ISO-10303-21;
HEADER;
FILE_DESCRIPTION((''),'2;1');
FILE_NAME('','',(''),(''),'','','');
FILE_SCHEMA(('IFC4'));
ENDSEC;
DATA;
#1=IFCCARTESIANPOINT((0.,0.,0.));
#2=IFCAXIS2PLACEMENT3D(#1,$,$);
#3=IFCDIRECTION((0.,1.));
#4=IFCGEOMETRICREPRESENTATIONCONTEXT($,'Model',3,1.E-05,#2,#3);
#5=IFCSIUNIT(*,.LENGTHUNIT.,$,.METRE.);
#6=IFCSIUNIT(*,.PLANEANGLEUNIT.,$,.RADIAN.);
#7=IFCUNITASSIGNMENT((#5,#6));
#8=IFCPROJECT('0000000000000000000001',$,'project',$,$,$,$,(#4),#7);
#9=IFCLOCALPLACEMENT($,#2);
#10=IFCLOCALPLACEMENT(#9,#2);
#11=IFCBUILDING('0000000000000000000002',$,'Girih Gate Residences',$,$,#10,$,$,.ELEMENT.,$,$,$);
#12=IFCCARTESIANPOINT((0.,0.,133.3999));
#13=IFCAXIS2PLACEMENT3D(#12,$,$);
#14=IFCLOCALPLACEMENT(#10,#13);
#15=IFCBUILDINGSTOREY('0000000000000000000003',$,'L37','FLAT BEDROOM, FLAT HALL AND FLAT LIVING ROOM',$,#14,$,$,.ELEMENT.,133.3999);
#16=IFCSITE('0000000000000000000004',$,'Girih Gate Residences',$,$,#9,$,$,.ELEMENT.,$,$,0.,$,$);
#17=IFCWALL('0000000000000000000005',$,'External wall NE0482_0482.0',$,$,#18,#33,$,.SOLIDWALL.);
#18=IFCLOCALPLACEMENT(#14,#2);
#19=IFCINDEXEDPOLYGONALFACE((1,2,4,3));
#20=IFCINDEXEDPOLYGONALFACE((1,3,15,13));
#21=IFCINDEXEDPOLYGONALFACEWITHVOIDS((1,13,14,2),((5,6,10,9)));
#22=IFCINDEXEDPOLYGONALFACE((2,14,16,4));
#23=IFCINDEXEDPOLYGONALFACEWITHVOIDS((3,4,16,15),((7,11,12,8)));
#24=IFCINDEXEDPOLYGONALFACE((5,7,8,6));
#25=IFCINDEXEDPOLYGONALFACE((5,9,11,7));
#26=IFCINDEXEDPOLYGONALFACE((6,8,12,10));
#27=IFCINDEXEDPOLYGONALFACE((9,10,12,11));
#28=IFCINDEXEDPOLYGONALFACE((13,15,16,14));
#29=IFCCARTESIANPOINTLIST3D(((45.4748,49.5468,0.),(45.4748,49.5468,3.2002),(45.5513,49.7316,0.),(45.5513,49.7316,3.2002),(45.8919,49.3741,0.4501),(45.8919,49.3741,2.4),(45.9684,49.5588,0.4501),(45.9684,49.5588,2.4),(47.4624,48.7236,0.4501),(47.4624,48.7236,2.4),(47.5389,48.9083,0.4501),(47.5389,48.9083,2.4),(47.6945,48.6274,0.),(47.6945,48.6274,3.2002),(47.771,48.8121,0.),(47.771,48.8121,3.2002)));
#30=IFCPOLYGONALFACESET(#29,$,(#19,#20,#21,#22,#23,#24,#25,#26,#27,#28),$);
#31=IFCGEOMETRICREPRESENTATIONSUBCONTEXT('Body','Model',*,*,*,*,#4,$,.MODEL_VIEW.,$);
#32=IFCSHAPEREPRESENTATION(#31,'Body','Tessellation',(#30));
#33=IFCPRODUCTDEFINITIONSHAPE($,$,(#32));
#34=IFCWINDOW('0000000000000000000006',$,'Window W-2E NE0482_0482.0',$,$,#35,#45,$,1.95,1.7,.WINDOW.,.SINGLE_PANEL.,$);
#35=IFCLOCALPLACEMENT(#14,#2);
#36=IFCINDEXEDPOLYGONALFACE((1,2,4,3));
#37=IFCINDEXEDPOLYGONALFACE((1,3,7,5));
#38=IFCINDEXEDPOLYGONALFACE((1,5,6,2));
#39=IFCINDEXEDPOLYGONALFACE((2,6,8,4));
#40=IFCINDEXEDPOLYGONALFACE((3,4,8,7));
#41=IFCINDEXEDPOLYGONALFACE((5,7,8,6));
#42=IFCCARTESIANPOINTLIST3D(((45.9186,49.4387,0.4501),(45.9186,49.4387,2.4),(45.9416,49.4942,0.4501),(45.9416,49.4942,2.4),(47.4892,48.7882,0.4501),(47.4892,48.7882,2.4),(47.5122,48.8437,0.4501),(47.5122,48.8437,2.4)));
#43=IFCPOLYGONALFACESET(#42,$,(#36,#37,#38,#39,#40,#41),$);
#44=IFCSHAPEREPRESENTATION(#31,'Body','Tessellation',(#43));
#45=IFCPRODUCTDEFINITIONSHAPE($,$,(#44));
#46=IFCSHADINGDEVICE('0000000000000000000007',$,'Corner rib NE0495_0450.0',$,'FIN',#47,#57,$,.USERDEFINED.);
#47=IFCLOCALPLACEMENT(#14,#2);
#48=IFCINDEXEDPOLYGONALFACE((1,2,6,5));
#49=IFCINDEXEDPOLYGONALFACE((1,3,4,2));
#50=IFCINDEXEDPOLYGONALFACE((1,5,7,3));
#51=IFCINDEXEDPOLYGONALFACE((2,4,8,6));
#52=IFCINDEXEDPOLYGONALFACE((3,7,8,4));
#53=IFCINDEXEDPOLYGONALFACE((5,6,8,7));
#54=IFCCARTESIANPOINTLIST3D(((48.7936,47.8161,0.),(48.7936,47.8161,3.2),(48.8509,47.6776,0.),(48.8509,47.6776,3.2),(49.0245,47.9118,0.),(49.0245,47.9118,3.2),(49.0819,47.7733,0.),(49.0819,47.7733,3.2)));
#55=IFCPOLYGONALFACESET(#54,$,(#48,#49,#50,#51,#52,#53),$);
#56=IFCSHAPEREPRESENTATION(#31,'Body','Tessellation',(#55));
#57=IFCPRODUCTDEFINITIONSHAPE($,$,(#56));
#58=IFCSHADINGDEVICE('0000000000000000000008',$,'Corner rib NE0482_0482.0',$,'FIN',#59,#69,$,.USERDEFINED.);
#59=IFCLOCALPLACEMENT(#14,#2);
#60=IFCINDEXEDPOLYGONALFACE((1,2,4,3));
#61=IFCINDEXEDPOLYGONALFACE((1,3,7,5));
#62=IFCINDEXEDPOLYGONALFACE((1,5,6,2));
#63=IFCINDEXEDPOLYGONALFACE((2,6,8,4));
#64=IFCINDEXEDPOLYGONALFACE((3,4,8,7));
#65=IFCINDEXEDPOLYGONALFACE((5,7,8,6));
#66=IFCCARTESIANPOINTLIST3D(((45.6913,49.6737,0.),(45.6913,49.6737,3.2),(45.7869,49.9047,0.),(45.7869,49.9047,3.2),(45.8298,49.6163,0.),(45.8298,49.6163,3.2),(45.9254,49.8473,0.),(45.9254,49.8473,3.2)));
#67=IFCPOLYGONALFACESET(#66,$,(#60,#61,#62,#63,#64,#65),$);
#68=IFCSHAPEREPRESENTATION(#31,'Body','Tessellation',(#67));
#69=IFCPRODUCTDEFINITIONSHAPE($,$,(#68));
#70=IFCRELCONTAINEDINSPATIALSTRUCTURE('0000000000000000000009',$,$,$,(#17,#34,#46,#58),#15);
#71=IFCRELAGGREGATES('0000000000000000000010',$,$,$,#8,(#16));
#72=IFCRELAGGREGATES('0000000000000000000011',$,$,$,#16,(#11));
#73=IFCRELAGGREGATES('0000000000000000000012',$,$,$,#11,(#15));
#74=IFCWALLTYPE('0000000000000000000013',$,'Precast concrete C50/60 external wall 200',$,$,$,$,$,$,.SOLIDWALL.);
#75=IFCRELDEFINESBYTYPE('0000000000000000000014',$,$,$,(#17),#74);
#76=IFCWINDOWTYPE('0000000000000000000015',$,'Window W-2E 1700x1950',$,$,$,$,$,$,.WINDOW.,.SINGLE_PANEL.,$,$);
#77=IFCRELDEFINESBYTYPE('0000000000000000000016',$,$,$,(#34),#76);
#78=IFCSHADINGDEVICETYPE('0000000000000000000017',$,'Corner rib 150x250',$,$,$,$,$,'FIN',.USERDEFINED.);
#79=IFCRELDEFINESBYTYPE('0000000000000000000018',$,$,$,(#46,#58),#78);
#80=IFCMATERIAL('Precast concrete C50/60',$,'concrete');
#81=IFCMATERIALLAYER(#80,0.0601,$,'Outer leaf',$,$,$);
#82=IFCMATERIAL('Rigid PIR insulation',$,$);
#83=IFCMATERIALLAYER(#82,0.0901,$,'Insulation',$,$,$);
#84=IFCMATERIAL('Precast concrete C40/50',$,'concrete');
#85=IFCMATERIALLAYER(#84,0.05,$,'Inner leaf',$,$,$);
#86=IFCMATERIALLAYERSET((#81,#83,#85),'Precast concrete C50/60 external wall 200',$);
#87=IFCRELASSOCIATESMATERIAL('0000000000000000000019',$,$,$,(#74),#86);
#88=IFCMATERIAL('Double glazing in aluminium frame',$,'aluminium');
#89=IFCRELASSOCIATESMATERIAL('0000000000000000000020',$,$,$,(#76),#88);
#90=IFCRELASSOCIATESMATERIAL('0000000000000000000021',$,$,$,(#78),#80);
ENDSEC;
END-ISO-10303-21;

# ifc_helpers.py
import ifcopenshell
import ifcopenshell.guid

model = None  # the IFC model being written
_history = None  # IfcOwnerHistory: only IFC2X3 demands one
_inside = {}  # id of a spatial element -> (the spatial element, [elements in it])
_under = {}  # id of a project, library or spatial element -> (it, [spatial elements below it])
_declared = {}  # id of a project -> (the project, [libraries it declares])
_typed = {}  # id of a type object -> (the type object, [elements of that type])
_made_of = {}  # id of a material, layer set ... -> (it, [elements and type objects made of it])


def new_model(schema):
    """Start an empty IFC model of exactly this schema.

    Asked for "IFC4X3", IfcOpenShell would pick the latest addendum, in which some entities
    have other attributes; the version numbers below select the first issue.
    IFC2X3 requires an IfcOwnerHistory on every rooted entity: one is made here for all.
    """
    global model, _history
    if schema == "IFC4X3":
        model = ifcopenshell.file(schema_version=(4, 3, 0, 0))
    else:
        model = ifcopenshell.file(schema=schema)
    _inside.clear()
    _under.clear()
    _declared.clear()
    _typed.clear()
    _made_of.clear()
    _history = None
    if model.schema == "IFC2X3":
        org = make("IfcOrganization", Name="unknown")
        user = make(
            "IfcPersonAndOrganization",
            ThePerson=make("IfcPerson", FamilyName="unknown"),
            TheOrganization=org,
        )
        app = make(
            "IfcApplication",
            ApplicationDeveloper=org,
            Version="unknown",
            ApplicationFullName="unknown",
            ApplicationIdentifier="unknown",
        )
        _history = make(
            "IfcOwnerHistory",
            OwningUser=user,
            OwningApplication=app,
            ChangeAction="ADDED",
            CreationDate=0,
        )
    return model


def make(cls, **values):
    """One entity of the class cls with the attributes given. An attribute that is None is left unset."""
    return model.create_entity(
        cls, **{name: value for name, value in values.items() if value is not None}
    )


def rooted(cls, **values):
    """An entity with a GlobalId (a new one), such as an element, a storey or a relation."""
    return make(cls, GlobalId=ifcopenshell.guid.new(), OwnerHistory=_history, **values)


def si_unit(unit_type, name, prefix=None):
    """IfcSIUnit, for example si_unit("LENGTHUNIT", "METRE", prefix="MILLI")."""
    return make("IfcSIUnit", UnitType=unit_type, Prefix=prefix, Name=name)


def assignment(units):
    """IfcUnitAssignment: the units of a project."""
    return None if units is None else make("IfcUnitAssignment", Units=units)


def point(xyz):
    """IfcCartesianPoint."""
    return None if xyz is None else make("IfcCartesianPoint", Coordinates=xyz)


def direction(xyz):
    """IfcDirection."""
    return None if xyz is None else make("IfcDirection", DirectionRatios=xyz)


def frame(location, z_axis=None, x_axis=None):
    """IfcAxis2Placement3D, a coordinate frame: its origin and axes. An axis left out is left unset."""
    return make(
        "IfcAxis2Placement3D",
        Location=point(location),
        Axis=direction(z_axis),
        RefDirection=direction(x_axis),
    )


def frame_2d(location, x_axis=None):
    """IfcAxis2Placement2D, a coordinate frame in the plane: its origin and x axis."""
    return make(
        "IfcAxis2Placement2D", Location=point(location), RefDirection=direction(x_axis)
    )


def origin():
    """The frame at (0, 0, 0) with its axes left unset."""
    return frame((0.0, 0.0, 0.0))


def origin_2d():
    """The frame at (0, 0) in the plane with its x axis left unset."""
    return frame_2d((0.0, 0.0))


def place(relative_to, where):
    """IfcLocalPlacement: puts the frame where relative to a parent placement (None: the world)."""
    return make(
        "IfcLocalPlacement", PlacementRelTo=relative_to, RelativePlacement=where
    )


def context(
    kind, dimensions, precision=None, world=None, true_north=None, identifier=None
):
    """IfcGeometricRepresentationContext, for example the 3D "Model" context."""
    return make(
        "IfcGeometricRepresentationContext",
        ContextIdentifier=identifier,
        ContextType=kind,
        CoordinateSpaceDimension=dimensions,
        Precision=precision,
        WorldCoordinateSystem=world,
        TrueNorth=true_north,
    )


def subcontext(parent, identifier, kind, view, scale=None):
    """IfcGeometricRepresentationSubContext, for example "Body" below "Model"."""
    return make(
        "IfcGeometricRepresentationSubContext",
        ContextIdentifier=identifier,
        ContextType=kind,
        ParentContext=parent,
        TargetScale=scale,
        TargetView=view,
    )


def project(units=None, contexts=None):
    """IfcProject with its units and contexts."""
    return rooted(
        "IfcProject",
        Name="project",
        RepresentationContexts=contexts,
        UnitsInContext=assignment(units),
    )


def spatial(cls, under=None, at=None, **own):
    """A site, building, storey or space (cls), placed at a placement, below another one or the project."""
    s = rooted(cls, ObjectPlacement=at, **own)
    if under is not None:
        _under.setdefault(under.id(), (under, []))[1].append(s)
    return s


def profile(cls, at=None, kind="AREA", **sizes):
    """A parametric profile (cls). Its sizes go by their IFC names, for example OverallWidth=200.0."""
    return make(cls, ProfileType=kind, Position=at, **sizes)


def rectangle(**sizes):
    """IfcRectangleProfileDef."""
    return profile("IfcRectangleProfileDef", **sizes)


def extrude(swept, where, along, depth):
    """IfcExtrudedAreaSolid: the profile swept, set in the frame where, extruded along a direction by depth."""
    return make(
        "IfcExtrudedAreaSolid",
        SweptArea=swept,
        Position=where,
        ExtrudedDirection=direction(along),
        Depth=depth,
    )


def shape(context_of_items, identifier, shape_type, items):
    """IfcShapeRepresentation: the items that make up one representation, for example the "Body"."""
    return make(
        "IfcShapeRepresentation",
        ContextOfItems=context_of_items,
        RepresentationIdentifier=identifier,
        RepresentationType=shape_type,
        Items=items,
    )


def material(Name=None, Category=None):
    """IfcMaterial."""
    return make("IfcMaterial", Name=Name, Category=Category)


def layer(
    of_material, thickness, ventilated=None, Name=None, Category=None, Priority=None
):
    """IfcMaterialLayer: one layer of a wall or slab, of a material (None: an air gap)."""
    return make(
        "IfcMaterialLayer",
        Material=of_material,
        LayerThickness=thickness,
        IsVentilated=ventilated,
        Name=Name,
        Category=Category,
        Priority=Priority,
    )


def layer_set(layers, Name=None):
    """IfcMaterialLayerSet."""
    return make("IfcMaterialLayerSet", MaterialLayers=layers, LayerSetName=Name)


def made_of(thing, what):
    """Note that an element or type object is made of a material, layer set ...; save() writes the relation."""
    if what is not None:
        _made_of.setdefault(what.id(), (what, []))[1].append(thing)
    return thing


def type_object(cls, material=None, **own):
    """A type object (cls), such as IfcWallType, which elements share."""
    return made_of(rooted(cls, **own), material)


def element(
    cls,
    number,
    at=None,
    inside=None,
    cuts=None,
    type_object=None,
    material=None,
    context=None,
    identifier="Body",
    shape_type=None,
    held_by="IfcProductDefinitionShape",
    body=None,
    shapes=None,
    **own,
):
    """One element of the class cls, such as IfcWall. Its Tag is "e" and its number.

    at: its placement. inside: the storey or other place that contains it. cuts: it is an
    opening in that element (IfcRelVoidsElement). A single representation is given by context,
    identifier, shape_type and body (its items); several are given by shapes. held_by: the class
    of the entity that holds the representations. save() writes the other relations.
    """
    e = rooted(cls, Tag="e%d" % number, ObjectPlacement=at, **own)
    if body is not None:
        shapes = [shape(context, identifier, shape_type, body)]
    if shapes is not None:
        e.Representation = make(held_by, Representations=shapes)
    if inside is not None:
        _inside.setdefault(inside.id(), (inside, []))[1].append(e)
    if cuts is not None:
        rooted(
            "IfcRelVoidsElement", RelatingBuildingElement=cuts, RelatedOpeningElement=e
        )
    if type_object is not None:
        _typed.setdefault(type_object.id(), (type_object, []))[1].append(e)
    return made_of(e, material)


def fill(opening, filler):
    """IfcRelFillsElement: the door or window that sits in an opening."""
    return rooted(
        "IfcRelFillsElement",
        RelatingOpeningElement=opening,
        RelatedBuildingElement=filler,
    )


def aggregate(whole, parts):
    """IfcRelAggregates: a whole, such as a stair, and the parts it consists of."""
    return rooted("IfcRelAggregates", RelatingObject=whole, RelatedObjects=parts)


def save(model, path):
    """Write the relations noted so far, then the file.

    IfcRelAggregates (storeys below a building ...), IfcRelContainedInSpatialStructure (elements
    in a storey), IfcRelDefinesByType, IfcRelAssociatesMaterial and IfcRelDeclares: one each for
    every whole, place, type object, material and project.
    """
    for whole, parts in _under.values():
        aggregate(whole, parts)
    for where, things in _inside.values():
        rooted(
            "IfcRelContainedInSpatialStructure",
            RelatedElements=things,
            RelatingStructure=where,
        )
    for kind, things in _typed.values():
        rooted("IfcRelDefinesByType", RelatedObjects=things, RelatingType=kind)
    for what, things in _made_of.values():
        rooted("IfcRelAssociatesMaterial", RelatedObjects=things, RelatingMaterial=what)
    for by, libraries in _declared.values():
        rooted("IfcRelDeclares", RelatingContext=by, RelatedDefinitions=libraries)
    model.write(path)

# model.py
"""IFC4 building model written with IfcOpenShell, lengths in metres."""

from ifc_helpers import new_model, si_unit, direction, frame, frame_2d, origin, origin_2d, place, context, subcontext, project, spatial, rectangle, extrude, material, layer, layer_set, type_object, element, fill, save


model = new_model("IFC4")

# Units and contexts
model_context = context("Model", 3, precision=1e-05, world=origin(), true_north=direction((0.0, 1.0)))
body_context = subcontext(model_context, "Body", "Model", "MODEL_VIEW")
ifc_project = project(units=[si_unit("LENGTHUNIT", "METRE"), si_unit("PLANEANGLEUNIT", "RADIAN")], contexts=[model_context])

# Site, building, storey
site_placement = place(None, origin())
site = spatial("IfcSite", under=ifc_project, at=site_placement, Name="Girih Gate Residences", CompositionType="ELEMENT", RefElevation=0.0)
building_placement = place(site_placement, origin())
building = spatial("IfcBuilding", under=site, at=building_placement, Name="Girih Gate Residences", CompositionType="ELEMENT")
storey_placement = place(building_placement, frame((0.0, 0.0, 133.3999)))
storey = spatial("IfcBuildingStorey", under=building, at=storey_placement, Name="L37", Description="FLAT BEDROOM, FLAT HALL AND FLAT LIVING ROOM", CompositionType="ELEMENT", Elevation=133.3999)

# Wall, opening, window
ifc_material_1 = material(Name="Precast concrete C50/60", Category="concrete")
ifc_layer_1 = layer(ifc_material_1, 0.0601, Name="Outer leaf")
ifc_material_2 = material(Name="Rigid PIR insulation")
ifc_layer_2 = layer(ifc_material_2, 0.0901, Name="Insulation")
ifc_material_3 = material(Name="Precast concrete C40/50", Category="concrete")
ifc_layer_3 = layer(ifc_material_3, 0.05, Name="Inner leaf")
ifc_layer_set_1 = layer_set([ifc_layer_1, ifc_layer_2, ifc_layer_3], Name="Precast concrete C50/60 external wall 200")
wall_type_1 = type_object("IfcWallType", Name="Precast concrete C50/60 external wall 200", PredefinedType="SOLIDWALL", material=ifc_layer_set_1)
ifc_material_4 = material(Name="Double glazing in aluminium frame", Category="aluminium")
window_type_1 = type_object("IfcWindowType", Name="Window W-2E 1700x1950", PartitioningType="SINGLE_PANEL", PredefinedType="WINDOW", material=ifc_material_4)
wall_1_placement = place(storey_placement, frame((45.5132, 49.6392, 0.0), z_axis=(0.0, 0.0, 1.0), x_axis=(0.923881, -0.382681, 0.0)))
wall_1 = element("IfcWall", 1, at=wall_1_placement, inside=storey, type_object=wall_type_1, Name="External wall NE0482_0482.0", PredefinedType="SOLIDWALL", context=body_context, shape_type="SweptSolid", body=[
    extrude(rectangle(XDim=2.4026, YDim=0.2, at=frame_2d((1.2012, 0.0))), origin(), (0.0, 0.0, 1.0), 3.2002),
])
opening_1_placement = place(wall_1_placement, frame((0.4512, 0.0, 0.45)))
opening_1 = element("IfcOpeningElement", 2, at=opening_1_placement, cuts=wall_1, PredefinedType="OPENING", context=body_context, shape_type="SweptSolid", body=[
    extrude(rectangle(XDim=1.7, YDim=1.95, at=frame_2d((0.8501, 0.9751))), frame((0.0, 0.1099, 0.0), z_axis=(0.0, -1.0, 0.0), x_axis=(1.0, 0.0, 0.0)), (0.0, 0.0, 1.0), 0.22),
])
window_1_placement = place(opening_1_placement, origin())
window_1 = element("IfcWindow", 3, at=window_1_placement, inside=storey, type_object=window_type_1, Name="Window W-2E NE0482_0482.0", OverallHeight=1.95, OverallWidth=1.7, PartitioningType="SINGLE_PANEL", PredefinedType="WINDOW", context=body_context, shape_type="SweptSolid", body=[
    extrude(rectangle(XDim=1.7, YDim=1.95, at=frame_2d((0.8501, 0.9751))), frame((0.0, 0.03, 0.0), z_axis=(0.0, -1.0, 0.0), x_axis=(1.0, 0.0, 0.0)), (0.0, 0.0, 1.0), 0.0601),
])
fill(opening_1, window_1)

# Shading devices
shading_device_type = type_object("IfcShadingDeviceType", Name="Corner rib 150x250", ElementType="FIN", PredefinedType="USERDEFINED", material=ifc_material_1)
for number, where, z_axis, x_axis, name in (
    (4, (48.9377, 47.7947, 0.0), (0.0, 0.0, 1.0), (-0.382683, 0.92388, 0.0), "Corner rib NE0495_0450.0"),
    (5, (45.8083, 49.7605, 0.0), (0.0, 0.0, 1.0), (-0.92388, 0.382683, 0.0), "Corner rib NE0482_0482.0"),
):
    element("IfcShadingDevice", number, at=place(storey_placement, frame(where, z_axis=z_axis, x_axis=x_axis)), inside=storey, type_object=shading_device_type, Name=name, ObjectType="FIN", PredefinedType="USERDEFINED", context=body_context, shape_type="SweptSolid", body=[
        extrude(rectangle(XDim=0.1499, YDim=0.25, at=origin_2d()), origin(), (0.0, 0.0, 1.0), 3.2),
    ])

save(model, "model.ifc")
